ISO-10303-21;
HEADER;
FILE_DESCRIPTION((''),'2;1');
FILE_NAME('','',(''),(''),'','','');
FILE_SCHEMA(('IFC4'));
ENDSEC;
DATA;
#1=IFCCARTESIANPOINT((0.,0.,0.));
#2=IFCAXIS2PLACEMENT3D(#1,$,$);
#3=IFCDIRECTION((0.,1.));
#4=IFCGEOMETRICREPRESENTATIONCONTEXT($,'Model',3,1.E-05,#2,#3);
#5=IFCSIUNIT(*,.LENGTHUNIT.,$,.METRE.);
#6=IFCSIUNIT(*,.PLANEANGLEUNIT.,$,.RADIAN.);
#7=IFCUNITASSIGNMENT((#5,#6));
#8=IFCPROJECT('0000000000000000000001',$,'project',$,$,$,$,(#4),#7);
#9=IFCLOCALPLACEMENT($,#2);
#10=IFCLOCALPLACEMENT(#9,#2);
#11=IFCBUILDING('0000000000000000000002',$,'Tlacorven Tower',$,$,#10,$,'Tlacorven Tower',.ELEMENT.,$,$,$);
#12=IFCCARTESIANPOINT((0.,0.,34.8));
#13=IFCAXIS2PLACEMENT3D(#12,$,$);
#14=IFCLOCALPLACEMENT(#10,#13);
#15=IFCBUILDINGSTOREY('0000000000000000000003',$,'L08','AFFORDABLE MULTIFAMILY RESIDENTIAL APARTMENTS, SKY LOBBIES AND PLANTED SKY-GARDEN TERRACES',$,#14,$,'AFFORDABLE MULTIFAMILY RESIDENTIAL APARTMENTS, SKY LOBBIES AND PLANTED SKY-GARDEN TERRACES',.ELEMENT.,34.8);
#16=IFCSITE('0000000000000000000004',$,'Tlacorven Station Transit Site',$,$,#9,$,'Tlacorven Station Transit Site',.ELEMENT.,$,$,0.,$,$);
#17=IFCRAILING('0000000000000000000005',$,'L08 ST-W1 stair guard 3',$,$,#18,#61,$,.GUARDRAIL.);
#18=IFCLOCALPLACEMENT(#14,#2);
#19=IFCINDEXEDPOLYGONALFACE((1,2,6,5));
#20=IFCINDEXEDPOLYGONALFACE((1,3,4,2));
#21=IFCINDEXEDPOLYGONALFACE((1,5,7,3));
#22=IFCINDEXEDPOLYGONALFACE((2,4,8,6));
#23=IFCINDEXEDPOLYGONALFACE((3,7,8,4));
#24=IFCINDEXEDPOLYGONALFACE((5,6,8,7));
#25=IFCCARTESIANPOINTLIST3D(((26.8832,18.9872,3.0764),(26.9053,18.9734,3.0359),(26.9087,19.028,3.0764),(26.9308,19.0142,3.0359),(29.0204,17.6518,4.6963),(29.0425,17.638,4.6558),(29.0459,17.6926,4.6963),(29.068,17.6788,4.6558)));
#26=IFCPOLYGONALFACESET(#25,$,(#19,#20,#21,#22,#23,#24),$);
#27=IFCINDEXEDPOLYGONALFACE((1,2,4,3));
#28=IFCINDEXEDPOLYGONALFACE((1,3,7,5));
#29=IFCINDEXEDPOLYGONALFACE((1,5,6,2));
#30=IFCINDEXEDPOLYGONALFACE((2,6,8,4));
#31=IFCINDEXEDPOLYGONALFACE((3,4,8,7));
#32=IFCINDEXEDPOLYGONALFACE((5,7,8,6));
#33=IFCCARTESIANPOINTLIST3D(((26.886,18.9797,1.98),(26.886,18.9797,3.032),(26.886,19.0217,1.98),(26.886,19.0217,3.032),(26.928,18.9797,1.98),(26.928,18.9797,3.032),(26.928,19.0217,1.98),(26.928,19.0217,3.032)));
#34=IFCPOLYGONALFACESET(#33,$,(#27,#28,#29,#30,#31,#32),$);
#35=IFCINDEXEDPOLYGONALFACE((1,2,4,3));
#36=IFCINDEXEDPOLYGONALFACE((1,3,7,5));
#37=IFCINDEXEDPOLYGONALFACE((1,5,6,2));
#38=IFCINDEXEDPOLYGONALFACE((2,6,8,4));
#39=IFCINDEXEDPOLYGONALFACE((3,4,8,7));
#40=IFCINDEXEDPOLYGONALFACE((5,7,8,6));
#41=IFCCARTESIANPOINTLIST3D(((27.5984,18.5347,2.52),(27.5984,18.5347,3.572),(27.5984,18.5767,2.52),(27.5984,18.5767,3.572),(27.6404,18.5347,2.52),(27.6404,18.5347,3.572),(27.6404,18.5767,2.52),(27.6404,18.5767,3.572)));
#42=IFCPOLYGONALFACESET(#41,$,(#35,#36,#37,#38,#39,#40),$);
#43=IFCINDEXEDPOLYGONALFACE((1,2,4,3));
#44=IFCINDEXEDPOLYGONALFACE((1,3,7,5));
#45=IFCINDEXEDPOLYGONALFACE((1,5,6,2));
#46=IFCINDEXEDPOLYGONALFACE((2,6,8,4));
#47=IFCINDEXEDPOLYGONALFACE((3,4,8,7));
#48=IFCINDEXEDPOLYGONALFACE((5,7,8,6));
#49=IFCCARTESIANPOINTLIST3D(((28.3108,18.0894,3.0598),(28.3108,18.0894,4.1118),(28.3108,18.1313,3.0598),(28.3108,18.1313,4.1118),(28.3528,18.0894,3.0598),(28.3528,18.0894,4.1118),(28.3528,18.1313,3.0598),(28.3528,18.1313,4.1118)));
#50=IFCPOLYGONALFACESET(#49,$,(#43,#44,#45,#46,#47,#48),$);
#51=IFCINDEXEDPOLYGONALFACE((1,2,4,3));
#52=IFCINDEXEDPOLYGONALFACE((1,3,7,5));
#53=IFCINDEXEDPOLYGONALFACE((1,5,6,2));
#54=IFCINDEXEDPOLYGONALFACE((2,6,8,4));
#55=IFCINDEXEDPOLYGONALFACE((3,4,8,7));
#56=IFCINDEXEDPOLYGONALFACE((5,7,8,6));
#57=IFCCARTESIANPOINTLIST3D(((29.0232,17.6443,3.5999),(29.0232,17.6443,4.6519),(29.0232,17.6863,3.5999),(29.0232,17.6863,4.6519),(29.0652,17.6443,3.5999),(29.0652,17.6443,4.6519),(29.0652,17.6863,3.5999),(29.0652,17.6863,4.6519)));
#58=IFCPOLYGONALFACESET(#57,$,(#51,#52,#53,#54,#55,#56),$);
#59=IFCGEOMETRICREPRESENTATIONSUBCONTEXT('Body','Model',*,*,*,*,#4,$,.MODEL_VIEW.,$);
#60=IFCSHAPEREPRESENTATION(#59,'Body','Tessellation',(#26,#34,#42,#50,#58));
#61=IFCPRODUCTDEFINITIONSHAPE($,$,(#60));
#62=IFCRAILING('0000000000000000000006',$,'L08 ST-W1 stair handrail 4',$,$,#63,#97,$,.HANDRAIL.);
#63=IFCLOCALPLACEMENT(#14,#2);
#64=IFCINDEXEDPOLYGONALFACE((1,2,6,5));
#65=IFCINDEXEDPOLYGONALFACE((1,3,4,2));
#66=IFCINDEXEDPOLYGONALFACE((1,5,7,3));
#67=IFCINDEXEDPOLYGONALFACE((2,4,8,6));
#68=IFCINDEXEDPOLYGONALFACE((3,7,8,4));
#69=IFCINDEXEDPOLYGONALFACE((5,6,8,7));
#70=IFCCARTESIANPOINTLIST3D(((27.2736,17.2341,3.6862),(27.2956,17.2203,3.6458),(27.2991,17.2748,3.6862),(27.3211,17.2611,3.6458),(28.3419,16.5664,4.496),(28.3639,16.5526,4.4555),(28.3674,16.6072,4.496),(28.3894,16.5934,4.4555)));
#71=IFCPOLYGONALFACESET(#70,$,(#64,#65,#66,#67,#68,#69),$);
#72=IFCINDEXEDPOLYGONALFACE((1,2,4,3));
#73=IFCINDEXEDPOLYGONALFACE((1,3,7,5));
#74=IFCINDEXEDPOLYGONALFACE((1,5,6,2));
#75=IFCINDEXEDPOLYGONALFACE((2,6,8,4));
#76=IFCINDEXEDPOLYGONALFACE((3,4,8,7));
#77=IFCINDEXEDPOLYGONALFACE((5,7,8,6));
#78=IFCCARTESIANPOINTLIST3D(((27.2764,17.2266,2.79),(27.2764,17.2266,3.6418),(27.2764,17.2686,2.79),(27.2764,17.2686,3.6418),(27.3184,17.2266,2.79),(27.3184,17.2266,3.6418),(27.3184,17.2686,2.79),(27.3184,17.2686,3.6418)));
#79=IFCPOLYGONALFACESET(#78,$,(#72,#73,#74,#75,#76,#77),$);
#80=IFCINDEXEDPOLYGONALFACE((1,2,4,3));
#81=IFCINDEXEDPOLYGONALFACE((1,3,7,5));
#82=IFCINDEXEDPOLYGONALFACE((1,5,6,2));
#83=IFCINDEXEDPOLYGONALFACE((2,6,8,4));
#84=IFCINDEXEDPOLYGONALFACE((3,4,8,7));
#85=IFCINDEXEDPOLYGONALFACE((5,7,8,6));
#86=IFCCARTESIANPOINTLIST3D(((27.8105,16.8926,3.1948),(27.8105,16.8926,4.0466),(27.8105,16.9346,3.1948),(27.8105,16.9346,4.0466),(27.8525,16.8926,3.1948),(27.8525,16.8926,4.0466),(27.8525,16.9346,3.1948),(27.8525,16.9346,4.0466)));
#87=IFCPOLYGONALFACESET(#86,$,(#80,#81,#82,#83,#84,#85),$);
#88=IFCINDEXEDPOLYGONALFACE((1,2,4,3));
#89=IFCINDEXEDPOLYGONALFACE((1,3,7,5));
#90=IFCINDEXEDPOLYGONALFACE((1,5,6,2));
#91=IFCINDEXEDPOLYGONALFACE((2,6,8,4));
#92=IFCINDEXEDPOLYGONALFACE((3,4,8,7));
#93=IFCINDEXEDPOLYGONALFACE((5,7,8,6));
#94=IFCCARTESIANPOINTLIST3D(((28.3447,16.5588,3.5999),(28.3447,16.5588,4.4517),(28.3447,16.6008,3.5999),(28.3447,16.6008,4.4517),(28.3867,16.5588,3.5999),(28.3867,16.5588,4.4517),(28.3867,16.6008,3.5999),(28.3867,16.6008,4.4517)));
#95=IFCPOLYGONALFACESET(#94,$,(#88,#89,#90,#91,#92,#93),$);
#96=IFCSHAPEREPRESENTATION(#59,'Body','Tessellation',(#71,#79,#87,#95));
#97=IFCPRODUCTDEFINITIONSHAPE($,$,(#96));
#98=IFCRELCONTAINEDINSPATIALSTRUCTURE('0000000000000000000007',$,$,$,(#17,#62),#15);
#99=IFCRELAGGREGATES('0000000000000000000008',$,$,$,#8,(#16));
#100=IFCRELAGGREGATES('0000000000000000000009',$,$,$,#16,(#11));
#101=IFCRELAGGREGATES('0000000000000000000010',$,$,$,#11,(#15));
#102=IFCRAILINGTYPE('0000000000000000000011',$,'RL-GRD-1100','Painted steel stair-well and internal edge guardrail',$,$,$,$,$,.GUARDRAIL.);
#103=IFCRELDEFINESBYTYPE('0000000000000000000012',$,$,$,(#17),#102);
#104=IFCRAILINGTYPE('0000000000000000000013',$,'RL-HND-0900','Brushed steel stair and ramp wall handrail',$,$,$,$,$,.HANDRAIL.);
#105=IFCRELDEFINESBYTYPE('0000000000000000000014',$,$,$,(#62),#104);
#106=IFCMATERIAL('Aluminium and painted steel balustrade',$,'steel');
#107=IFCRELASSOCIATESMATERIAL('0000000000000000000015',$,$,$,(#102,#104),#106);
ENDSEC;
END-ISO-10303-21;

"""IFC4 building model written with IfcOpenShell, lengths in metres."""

from ifc_helpers import new_model, si_unit, direction, frame, origin, origin_2d, place, context, subcontext, project, spatial, rectangle, extrude, source, transform, mapped, material, type_object, element, save


model = new_model("IFC4")

# Units and contexts
model_context = context("Model", 3, precision=1e-05, world=origin(), true_north=direction((0.0, 1.0)))
body_context = subcontext(model_context, "Body", "Model", "MODEL_VIEW")
ifc_project = project(units=[si_unit("LENGTHUNIT", "METRE"), si_unit("PLANEANGLEUNIT", "RADIAN")], contexts=[model_context])

# Site, building, storey
site_placement = place(None, origin())
site = spatial("IfcSite", under=ifc_project, at=site_placement, Name="Tlacorven Station Transit Site", LongName="Tlacorven Station Transit Site", CompositionType="ELEMENT", RefElevation=0.0)
building_placement = place(site_placement, origin())
building = spatial("IfcBuilding", under=site, at=building_placement, Name="Tlacorven Tower", LongName="Tlacorven Tower", CompositionType="ELEMENT")
storey_placement = place(building_placement, frame((0.0, 0.0, 34.8)))
storey = spatial("IfcBuildingStorey", under=building, at=storey_placement, Name="L08", Description="AFFORDABLE MULTIFAMILY RESIDENTIAL APARTMENTS, SKY LOBBIES AND PLANTED SKY-GARDEN TERRACES", LongName="AFFORDABLE MULTIFAMILY RESIDENTIAL APARTMENTS, SKY LOBBIES AND PLANTED SKY-GARDEN TERRACES", CompositionType="ELEMENT", Elevation=34.8)

# Railings
ifc_material_1 = material(Name="Aluminium and painted steel balustrade", Category="steel")
railing_type_1 = type_object("IfcRailingType", Name="RL-GRD-1100", Description="Painted steel stair-well and internal edge guardrail", PredefinedType="GUARDRAIL", material=ifc_material_1)
railing_type_2 = type_object("IfcRailingType", Name="RL-HND-0900", Description="Brushed steel stair and ramp wall handrail", PredefinedType="HANDRAIL", material=ifc_material_1)
shared_shape_1 = source(origin(), body_context, "Body", "SweptSolid", [
    extrude(rectangle(XDim=0.0481, YDim=0.0481, at=origin_2d()), frame((0.0, 0.0, 1.0762), z_axis=(0.713391, -0.445768, 0.540707), x_axis=(0.529912, 0.848053, 0.0)), (0.0, 0.0, 1.0), 2.9958),
    extrude(rectangle(XDim=0.042, YDim=0.042, at=origin_2d()), origin(), (0.0, 0.0, 1.0), 1.052),
    extrude(rectangle(XDim=0.042, YDim=0.042, at=origin_2d()), frame((0.7124, -0.4451, 0.54)), (0.0, 0.0, 1.0), 1.052),
    extrude(rectangle(XDim=0.042, YDim=0.042, at=origin_2d()), frame((1.4248, -0.8904, 1.0798)), (0.0, 0.0, 1.0), 1.052),
    extrude(rectangle(XDim=0.042, YDim=0.042, at=origin_2d()), frame((2.1372, -1.3354, 1.6199)), (0.0, 0.0, 1.0), 1.052),
])
railing_1_placement = place(storey_placement, frame((26.907, 19.0007, 1.98)))
element("IfcRailing", 1, at=railing_1_placement, inside=storey, type_object=railing_type_1, Name="L08 ST-W1 stair guard 3", PredefinedType="GUARDRAIL", context=body_context, shape_type="MappedRepresentation", body=[
    mapped(shared_shape_1, transform((0.0, 0.0, 0.0), scale=1.0)),
])
shared_shape_2 = source(origin(), body_context, "Body", "SweptSolid", [
    extrude(rectangle(XDim=0.0481, YDim=0.0481, at=origin_2d()), frame((0.0, 0.0, 0.876), z_axis=(0.713343, -0.445839, 0.540712), x_axis=(0.529999, 0.847998, 0.0)), (0.0, 0.0, 1.0), 1.4976),
    extrude(rectangle(XDim=0.042, YDim=0.042, at=origin_2d()), origin(), (0.0, 0.0, 1.0), 0.8518),
    extrude(rectangle(XDim=0.042, YDim=0.042, at=origin_2d()), frame((0.5342, -0.334, 0.4048)), (0.0, 0.0, 1.0), 0.8518),
    extrude(rectangle(XDim=0.042, YDim=0.042, at=origin_2d()), frame((1.0684, -0.6677, 0.8098)), (0.0, 0.0, 1.0), 0.8518),
])
railing_2_placement = place(storey_placement, frame((27.2974, 17.2476, 2.79)))
element("IfcRailing", 2, at=railing_2_placement, inside=storey, type_object=railing_type_2, Name="L08 ST-W1 stair handrail 4", PredefinedType="HANDRAIL", context=body_context, shape_type="MappedRepresentation", body=[
    mapped(shared_shape_2, transform((0.0, 0.0, 0.0), scale=1.0)),
])

save(model, "model.ifc")
